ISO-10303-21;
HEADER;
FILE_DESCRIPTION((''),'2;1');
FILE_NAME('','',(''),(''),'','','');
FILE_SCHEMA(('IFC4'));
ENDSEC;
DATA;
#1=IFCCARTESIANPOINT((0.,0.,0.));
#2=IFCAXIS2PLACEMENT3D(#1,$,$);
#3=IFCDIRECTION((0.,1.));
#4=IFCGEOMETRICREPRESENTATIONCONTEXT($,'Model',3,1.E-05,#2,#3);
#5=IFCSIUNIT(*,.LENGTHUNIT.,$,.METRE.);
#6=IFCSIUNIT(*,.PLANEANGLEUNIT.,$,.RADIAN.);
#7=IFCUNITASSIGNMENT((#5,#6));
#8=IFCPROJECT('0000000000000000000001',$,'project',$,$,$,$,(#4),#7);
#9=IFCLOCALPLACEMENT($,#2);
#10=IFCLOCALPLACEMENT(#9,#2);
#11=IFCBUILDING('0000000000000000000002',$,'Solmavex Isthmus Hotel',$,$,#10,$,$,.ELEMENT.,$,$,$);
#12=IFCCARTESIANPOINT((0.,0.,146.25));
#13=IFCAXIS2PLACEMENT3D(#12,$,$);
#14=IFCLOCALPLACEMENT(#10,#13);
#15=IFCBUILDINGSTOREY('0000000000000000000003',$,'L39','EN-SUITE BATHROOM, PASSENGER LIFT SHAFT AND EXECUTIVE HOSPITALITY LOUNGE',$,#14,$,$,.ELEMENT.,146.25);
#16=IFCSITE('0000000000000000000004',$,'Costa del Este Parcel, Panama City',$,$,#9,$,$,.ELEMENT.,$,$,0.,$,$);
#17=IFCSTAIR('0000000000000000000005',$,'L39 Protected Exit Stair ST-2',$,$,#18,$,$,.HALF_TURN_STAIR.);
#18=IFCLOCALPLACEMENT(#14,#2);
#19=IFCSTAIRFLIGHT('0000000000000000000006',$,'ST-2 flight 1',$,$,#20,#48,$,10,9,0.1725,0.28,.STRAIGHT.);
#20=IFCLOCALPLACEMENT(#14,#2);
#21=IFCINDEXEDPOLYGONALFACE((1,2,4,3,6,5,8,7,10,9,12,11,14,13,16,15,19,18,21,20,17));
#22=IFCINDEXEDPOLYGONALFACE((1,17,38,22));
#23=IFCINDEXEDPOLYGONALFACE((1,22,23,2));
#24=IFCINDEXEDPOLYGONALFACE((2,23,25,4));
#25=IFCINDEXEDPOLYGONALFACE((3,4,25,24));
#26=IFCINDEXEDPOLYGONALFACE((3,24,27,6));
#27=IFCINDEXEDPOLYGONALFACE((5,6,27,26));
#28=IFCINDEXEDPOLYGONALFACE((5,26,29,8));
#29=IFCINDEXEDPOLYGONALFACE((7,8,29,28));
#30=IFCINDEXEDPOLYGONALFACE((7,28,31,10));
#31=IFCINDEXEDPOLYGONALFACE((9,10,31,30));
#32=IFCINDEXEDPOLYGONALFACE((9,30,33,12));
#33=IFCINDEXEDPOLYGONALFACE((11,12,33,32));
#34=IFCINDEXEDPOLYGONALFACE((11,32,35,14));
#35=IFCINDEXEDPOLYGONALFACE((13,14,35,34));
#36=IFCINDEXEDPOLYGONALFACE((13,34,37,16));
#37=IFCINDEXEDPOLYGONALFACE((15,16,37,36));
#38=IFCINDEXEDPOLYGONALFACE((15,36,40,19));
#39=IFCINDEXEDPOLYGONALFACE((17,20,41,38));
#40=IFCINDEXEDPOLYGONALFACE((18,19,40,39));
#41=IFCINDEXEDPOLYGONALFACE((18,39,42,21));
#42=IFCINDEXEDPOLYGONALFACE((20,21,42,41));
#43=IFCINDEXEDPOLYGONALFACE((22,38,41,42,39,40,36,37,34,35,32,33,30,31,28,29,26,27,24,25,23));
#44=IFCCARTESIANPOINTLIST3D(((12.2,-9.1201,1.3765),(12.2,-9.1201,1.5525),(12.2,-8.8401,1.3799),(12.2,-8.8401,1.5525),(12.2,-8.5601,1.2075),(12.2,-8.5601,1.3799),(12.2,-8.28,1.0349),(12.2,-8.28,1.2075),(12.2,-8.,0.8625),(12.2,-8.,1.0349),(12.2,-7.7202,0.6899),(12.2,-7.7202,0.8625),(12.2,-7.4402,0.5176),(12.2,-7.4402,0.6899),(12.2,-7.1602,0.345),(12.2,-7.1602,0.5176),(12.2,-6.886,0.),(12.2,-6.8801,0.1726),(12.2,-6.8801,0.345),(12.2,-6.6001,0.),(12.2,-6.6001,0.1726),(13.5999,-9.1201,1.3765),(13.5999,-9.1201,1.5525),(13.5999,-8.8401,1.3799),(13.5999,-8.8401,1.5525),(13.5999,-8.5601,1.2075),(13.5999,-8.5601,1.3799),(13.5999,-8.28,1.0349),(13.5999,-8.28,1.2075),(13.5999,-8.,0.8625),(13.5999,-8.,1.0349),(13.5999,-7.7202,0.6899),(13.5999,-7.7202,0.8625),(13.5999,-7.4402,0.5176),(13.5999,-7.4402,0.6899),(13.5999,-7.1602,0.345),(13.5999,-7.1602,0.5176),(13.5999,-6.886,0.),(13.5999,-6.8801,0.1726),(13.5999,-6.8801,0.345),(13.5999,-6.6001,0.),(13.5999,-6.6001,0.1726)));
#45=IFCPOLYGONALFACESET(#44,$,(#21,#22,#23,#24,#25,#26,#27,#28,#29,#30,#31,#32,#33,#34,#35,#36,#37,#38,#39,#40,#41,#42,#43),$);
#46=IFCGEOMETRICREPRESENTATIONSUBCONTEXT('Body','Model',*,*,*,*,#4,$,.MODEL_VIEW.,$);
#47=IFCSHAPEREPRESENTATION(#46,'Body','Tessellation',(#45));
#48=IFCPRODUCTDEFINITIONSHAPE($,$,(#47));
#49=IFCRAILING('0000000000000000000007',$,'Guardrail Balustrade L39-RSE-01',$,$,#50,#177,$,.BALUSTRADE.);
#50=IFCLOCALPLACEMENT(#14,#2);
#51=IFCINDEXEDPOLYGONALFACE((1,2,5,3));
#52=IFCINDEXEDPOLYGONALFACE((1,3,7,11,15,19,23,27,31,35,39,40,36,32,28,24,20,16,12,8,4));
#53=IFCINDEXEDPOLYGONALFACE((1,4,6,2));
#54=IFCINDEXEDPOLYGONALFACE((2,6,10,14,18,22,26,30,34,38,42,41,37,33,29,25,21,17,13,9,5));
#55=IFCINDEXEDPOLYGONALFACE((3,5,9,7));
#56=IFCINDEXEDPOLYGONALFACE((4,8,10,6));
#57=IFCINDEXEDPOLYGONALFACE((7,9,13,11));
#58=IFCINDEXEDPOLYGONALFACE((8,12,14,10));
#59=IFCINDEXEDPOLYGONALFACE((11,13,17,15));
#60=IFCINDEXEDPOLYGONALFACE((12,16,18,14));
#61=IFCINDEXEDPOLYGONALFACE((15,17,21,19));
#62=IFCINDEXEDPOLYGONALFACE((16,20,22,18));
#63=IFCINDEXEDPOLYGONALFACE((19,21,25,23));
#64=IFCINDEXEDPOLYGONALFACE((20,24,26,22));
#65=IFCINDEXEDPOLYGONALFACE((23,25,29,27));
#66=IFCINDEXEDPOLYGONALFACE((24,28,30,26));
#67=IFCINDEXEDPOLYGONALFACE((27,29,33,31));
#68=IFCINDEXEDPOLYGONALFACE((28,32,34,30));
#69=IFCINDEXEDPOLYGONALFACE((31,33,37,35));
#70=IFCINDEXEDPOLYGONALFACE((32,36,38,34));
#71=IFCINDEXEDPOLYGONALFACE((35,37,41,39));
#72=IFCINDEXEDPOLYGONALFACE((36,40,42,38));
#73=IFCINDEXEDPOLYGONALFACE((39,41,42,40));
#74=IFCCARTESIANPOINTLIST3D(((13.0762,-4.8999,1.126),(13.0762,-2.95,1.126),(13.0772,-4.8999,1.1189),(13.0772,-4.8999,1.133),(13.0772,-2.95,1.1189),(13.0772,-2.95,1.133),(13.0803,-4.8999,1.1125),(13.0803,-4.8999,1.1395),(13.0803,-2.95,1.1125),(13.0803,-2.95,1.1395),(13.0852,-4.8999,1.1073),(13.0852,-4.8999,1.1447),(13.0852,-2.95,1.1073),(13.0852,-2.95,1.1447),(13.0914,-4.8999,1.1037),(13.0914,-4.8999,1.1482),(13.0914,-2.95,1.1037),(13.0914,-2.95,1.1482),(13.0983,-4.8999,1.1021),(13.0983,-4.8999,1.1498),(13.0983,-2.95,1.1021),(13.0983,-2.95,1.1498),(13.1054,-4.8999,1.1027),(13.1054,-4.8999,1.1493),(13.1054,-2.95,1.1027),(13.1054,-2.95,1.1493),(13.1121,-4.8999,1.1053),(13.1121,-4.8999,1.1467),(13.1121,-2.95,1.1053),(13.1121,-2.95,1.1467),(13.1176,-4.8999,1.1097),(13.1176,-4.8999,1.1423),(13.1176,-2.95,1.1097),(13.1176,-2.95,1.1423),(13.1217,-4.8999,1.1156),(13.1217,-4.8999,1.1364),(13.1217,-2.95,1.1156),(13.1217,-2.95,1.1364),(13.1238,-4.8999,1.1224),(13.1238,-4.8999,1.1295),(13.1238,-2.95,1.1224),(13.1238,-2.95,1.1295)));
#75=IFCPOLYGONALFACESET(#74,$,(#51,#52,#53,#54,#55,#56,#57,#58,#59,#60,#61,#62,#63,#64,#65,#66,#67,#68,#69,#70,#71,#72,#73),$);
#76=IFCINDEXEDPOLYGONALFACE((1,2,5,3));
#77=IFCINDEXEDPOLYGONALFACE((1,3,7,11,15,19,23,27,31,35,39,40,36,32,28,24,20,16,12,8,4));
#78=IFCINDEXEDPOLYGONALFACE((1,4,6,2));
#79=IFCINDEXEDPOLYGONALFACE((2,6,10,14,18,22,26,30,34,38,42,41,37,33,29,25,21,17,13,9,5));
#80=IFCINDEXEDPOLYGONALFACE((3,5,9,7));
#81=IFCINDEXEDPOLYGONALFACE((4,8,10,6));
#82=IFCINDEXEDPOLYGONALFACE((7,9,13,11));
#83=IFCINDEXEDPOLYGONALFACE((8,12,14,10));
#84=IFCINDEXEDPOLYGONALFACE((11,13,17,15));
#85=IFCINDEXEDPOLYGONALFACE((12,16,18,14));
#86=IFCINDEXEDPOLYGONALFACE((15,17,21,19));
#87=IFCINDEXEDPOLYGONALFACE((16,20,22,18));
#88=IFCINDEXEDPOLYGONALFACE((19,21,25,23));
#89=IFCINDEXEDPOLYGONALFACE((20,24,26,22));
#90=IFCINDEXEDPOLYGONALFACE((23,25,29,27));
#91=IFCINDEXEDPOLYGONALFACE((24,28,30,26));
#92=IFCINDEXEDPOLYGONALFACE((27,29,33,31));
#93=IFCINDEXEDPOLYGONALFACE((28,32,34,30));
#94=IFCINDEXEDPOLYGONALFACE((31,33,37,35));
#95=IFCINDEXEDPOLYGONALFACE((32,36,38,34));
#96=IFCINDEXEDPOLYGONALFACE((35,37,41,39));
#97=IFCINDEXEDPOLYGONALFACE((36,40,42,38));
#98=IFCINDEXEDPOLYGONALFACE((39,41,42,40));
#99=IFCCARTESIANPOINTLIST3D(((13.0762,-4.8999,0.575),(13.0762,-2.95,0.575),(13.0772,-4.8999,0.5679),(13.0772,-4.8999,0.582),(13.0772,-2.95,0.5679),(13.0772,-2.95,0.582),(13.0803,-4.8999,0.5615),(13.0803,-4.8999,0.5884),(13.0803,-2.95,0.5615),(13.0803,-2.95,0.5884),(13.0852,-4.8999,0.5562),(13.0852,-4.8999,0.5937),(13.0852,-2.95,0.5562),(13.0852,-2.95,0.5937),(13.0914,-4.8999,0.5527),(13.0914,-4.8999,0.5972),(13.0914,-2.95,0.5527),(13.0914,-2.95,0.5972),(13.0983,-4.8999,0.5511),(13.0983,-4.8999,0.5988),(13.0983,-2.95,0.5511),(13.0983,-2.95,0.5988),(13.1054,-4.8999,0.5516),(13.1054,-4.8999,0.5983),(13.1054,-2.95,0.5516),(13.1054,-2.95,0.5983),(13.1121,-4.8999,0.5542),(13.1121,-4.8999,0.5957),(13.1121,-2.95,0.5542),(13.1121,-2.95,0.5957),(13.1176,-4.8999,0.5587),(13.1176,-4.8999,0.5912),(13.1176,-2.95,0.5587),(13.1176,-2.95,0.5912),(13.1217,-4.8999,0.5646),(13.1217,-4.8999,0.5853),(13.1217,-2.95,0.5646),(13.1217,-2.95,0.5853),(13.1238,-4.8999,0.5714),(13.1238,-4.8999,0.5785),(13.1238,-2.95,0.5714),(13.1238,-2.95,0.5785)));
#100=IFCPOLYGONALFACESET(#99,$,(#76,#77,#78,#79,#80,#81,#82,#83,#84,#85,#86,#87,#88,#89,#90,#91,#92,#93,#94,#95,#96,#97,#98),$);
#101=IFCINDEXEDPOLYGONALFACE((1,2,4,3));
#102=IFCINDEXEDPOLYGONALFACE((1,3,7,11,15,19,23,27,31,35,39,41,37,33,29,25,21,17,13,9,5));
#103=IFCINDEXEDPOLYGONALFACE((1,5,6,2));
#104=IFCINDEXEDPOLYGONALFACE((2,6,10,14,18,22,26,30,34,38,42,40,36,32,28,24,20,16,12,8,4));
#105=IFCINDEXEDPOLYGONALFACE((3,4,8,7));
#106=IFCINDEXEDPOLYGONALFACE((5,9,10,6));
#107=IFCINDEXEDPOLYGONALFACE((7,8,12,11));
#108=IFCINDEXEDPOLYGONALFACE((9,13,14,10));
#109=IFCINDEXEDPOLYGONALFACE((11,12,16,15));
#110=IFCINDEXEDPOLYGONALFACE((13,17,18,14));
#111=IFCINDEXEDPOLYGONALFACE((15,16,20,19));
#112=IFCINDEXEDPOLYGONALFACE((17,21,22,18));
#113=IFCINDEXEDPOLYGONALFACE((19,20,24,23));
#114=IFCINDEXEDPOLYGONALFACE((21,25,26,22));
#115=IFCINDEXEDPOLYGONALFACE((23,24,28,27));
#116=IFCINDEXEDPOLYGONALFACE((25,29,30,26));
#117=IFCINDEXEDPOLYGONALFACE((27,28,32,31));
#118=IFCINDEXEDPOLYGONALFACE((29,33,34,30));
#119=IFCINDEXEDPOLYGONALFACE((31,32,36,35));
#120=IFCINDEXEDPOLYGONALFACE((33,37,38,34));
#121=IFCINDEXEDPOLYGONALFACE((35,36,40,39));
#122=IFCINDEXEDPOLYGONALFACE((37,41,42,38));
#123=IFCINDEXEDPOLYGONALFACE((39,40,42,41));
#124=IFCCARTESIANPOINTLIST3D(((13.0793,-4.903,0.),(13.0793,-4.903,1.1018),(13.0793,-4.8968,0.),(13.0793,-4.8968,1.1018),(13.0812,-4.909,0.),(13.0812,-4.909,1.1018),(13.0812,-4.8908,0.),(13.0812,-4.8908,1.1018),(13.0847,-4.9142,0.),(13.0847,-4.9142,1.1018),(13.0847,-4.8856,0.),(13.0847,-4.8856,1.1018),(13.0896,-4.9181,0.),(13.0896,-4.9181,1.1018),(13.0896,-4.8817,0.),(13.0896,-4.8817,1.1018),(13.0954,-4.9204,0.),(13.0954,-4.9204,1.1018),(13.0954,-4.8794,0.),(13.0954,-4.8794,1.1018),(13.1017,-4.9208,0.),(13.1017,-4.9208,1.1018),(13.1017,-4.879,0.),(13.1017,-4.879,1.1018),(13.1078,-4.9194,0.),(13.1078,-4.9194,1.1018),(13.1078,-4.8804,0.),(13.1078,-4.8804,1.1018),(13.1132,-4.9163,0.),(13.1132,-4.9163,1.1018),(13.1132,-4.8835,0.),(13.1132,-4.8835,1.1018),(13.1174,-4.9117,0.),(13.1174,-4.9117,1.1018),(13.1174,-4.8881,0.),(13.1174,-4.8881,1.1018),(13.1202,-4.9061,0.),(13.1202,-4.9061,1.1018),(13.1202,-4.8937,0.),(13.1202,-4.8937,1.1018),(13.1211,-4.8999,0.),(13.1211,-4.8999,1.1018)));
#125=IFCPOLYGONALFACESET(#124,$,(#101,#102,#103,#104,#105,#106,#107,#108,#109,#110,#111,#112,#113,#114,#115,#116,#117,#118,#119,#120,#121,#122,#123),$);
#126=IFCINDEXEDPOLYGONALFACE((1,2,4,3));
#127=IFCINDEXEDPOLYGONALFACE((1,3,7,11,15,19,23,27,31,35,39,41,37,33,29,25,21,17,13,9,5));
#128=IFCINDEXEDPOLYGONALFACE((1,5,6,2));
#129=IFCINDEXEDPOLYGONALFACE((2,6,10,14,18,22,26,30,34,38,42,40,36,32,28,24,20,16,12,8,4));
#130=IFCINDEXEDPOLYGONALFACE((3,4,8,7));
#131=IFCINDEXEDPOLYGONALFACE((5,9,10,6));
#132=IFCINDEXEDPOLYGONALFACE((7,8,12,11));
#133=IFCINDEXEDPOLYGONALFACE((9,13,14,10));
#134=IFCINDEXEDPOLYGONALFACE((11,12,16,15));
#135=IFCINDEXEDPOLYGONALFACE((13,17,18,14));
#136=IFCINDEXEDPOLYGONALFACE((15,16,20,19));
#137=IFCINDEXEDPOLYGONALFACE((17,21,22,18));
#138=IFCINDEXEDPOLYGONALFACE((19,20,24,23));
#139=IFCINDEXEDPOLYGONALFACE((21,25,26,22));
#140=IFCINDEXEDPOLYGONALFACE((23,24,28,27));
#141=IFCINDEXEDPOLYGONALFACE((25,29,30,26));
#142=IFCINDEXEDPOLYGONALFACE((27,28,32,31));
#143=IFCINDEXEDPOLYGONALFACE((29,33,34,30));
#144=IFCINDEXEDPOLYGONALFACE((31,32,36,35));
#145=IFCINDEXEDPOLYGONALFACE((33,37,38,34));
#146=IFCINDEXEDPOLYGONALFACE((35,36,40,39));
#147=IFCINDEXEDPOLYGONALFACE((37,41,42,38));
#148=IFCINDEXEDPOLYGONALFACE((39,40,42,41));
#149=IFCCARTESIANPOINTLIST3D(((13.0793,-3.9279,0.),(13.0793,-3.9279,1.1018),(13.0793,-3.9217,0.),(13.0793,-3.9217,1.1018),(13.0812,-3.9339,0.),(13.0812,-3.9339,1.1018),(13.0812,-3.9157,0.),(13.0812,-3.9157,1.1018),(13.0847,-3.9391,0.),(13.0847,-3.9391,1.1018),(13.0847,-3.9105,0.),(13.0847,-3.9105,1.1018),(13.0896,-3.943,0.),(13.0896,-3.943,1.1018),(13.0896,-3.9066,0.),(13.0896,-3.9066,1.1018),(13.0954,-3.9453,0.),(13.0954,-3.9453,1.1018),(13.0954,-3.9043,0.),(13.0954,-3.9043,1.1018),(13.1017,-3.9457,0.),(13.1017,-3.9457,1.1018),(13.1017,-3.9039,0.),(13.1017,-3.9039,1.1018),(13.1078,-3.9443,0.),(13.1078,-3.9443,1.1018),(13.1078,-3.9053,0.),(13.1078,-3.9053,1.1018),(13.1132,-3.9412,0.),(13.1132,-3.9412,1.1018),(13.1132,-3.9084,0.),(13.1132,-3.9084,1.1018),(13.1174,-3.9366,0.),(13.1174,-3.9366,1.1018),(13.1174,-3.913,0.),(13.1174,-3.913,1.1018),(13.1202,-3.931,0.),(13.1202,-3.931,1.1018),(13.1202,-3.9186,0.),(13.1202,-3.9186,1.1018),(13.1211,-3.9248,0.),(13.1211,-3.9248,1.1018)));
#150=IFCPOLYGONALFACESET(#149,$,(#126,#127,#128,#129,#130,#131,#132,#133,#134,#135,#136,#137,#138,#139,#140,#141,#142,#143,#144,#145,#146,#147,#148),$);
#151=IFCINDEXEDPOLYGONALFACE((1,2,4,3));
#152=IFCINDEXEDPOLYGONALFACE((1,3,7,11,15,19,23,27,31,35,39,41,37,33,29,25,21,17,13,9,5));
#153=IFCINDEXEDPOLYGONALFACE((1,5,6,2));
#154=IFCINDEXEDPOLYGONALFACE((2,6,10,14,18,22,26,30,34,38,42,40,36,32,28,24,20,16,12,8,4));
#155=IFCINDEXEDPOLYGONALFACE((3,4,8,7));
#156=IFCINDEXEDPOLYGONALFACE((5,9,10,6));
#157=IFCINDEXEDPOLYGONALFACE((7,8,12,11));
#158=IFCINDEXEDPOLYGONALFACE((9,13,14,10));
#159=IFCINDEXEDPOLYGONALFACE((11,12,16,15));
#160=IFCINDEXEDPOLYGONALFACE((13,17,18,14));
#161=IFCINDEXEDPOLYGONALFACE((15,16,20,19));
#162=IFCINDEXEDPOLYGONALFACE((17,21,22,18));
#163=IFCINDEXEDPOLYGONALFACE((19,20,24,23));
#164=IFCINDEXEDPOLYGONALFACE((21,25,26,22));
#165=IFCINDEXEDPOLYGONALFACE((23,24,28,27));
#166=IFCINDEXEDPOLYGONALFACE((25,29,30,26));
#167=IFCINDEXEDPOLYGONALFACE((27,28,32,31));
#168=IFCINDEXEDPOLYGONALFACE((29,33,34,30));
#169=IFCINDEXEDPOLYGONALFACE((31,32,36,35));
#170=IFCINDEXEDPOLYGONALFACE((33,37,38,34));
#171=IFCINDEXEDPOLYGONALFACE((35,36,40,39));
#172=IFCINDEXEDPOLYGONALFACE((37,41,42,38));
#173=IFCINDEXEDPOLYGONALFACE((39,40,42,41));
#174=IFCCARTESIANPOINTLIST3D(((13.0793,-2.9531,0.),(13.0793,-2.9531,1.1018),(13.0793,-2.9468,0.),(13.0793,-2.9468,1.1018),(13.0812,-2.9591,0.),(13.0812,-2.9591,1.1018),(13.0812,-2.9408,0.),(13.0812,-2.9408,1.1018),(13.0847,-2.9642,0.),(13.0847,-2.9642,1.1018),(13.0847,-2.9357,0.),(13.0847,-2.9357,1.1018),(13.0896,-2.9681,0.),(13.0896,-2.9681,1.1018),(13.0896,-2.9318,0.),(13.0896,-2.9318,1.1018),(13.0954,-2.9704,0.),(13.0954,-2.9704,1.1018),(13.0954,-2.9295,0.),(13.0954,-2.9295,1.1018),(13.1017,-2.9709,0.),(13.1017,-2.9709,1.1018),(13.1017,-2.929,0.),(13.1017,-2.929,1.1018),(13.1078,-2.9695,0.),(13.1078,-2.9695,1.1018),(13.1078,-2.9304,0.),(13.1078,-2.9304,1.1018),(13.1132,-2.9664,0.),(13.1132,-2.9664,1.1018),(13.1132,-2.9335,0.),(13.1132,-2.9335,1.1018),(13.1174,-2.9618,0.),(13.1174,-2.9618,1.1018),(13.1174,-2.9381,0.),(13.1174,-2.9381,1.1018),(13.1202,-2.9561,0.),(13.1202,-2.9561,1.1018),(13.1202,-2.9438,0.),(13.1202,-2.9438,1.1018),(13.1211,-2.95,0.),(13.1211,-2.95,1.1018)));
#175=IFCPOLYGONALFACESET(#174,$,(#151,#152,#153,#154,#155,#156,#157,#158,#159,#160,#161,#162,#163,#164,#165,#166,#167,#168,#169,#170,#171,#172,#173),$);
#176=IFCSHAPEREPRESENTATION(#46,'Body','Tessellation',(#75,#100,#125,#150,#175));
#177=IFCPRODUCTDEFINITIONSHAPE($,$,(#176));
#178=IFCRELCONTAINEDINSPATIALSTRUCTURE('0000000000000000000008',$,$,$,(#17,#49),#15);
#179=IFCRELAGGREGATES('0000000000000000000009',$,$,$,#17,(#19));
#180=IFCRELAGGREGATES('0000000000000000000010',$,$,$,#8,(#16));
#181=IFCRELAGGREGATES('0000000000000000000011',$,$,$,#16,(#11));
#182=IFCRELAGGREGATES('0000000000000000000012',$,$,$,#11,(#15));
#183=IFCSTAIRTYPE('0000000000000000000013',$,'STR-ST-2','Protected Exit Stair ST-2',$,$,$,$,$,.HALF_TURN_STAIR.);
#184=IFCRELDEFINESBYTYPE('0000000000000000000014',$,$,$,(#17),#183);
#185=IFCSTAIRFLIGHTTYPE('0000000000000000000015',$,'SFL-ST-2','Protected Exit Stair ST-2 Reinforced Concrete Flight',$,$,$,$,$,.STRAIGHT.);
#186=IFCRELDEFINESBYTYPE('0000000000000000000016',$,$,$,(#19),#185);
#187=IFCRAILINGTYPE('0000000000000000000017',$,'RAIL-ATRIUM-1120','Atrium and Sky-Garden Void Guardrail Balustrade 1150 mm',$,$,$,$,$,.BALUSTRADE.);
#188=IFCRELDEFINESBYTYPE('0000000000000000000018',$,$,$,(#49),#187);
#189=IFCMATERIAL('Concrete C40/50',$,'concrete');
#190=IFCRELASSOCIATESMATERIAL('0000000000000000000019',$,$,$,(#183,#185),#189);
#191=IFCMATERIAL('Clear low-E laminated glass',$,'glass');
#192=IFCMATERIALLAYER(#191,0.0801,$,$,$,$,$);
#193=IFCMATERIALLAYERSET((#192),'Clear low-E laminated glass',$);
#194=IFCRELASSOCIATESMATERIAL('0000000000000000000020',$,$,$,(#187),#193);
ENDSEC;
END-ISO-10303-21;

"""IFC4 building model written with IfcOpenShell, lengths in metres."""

from ifc_helpers import new_model, si_unit, direction, frame, origin, origin_2d, place, context, subcontext, project, spatial, polyline, circle, outline, extrude, material, layer, layer_set, type_object, element, aggregate, save


model = new_model("IFC4")

# Units and contexts
model_context = context("Model", 3, precision=1e-05, world=origin(), true_north=direction((0.0, 1.0)))
body_context = subcontext(model_context, "Body", "Model", "MODEL_VIEW")
ifc_project = project(units=[si_unit("LENGTHUNIT", "METRE"), si_unit("PLANEANGLEUNIT", "RADIAN")], contexts=[model_context])

# Site, building, storey
site_placement = place(None, origin())
site = spatial("IfcSite", under=ifc_project, at=site_placement, Name="Costa del Este Parcel, Panama City", CompositionType="ELEMENT", RefElevation=0.0)
building_placement = place(site_placement, origin())
building = spatial("IfcBuilding", under=site, at=building_placement, Name="Solmavex Isthmus Hotel", CompositionType="ELEMENT")
storey_placement = place(building_placement, frame((0.0, 0.0, 146.25)))
storey = spatial("IfcBuildingStorey", under=building, at=storey_placement, Name="L39", Description="EN-SUITE BATHROOM, PASSENGER LIFT SHAFT AND EXECUTIVE HOSPITALITY LOUNGE", CompositionType="ELEMENT", Elevation=146.25)

# Shared definitions
ifc_material_1 = material(Name="Concrete C40/50", Category="concrete")

# Stair, stair flight
stair_type = type_object("IfcStairType", Name="STR-ST-2", Description="Protected Exit Stair ST-2", PredefinedType="HALF_TURN_STAIR", material=ifc_material_1)
stair_placement = place(storey_placement, origin())
stair = element("IfcStair", 1, at=stair_placement, inside=storey, type_object=stair_type, Name="L39 Protected Exit Stair ST-2", PredefinedType="HALF_TURN_STAIR")
stair_flight_type = type_object("IfcStairFlightType", Name="SFL-ST-2", Description="Protected Exit Stair ST-2 Reinforced Concrete Flight", PredefinedType="STRAIGHT", material=ifc_material_1)
stair_flight_placement = place(storey_placement, frame((12.8999, -6.6001, 0.0), z_axis=(0.0, 0.0, 1.0), x_axis=(0.0, -1.0, 0.0)))
stair_flight = element("IfcStairFlight", 2, at=stair_flight_placement, type_object=stair_flight_type, Name="ST-2 flight 1", NumberOfRisers=10, NumberOfTreads=9, PredefinedType="STRAIGHT", RiserHeight=0.1725, TreadLength=0.28, context=body_context, shape_type="SweptSolid", body=[
    extrude(outline(polyline([(0.0, 0.0), (0.0, 0.1726), (0.28, 0.1726), (0.28, 0.345), (0.5601, 0.345), (0.5601, 0.5176), (0.8401, 0.5176), (0.8401, 0.6899), (1.1201, 0.6899), (1.1201, 0.8625), (1.3999, 0.8625), (1.3999, 1.0349), (1.6799, 1.0349), (1.6799, 1.2075), (1.96, 1.2075), (1.96, 1.3799), (2.24, 1.3799), (2.24, 1.5525), (2.52, 1.5525), (2.52, 1.7251), (2.52, 1.3765), (0.2859, 0.0), (0.0, 0.0)])), frame((0.0, 0.7, 0.0), z_axis=(0.0, -1.0, 0.0), x_axis=(1.0, 0.0, 0.0)), (0.0, 0.0, 1.0), 1.3999),
])
aggregate(stair, [stair_flight])

# Railing
ifc_material_2 = material(Name="Clear low-E laminated glass", Category="glass")
ifc_layer_1 = layer(ifc_material_2, 0.0801)
ifc_layer_set_1 = layer_set([ifc_layer_1], Name="Clear low-E laminated glass")
railing_type_1 = type_object("IfcRailingType", Name="RAIL-ATRIUM-1120", Description="Atrium and Sky-Garden Void Guardrail Balustrade 1150 mm", PredefinedType="BALUSTRADE", material=ifc_layer_set_1)
railing_1_placement = place(storey_placement, frame((13.1001, -4.8999, 0.0)))
element("IfcRailing", 3, at=railing_1_placement, inside=storey, type_object=railing_type_1, Name="Guardrail Balustrade L39-RSE-01", PredefinedType="BALUSTRADE", context=body_context, shape_type="SweptSolid", body=[
    extrude(circle(Radius=0.0239, at=origin_2d()), frame((0.0, 0.0, 1.126), z_axis=(0.0, 1.0, 0.0), x_axis=(-1.0, 0.0, 0.0)), (0.0, 0.0, 1.0), 1.95),
    extrude(circle(Radius=0.0239, at=origin_2d()), frame((0.0, 0.0, 0.575), z_axis=(0.0, 1.0, 0.0), x_axis=(-1.0, 0.0, 0.0)), (0.0, 0.0, 1.0), 1.95),
    extrude(circle(Radius=0.021, at=origin_2d()), origin(), (0.0, 0.0, 1.0), 1.1018),
    extrude(circle(Radius=0.021, at=origin_2d()), frame((0.0, 0.9751, 0.0)), (0.0, 0.0, 1.0), 1.1018),
    extrude(circle(Radius=0.021, at=origin_2d()), frame((0.0, 1.95, 0.0)), (0.0, 0.0, 1.0), 1.1018),
])

save(model, "model.ifc")
